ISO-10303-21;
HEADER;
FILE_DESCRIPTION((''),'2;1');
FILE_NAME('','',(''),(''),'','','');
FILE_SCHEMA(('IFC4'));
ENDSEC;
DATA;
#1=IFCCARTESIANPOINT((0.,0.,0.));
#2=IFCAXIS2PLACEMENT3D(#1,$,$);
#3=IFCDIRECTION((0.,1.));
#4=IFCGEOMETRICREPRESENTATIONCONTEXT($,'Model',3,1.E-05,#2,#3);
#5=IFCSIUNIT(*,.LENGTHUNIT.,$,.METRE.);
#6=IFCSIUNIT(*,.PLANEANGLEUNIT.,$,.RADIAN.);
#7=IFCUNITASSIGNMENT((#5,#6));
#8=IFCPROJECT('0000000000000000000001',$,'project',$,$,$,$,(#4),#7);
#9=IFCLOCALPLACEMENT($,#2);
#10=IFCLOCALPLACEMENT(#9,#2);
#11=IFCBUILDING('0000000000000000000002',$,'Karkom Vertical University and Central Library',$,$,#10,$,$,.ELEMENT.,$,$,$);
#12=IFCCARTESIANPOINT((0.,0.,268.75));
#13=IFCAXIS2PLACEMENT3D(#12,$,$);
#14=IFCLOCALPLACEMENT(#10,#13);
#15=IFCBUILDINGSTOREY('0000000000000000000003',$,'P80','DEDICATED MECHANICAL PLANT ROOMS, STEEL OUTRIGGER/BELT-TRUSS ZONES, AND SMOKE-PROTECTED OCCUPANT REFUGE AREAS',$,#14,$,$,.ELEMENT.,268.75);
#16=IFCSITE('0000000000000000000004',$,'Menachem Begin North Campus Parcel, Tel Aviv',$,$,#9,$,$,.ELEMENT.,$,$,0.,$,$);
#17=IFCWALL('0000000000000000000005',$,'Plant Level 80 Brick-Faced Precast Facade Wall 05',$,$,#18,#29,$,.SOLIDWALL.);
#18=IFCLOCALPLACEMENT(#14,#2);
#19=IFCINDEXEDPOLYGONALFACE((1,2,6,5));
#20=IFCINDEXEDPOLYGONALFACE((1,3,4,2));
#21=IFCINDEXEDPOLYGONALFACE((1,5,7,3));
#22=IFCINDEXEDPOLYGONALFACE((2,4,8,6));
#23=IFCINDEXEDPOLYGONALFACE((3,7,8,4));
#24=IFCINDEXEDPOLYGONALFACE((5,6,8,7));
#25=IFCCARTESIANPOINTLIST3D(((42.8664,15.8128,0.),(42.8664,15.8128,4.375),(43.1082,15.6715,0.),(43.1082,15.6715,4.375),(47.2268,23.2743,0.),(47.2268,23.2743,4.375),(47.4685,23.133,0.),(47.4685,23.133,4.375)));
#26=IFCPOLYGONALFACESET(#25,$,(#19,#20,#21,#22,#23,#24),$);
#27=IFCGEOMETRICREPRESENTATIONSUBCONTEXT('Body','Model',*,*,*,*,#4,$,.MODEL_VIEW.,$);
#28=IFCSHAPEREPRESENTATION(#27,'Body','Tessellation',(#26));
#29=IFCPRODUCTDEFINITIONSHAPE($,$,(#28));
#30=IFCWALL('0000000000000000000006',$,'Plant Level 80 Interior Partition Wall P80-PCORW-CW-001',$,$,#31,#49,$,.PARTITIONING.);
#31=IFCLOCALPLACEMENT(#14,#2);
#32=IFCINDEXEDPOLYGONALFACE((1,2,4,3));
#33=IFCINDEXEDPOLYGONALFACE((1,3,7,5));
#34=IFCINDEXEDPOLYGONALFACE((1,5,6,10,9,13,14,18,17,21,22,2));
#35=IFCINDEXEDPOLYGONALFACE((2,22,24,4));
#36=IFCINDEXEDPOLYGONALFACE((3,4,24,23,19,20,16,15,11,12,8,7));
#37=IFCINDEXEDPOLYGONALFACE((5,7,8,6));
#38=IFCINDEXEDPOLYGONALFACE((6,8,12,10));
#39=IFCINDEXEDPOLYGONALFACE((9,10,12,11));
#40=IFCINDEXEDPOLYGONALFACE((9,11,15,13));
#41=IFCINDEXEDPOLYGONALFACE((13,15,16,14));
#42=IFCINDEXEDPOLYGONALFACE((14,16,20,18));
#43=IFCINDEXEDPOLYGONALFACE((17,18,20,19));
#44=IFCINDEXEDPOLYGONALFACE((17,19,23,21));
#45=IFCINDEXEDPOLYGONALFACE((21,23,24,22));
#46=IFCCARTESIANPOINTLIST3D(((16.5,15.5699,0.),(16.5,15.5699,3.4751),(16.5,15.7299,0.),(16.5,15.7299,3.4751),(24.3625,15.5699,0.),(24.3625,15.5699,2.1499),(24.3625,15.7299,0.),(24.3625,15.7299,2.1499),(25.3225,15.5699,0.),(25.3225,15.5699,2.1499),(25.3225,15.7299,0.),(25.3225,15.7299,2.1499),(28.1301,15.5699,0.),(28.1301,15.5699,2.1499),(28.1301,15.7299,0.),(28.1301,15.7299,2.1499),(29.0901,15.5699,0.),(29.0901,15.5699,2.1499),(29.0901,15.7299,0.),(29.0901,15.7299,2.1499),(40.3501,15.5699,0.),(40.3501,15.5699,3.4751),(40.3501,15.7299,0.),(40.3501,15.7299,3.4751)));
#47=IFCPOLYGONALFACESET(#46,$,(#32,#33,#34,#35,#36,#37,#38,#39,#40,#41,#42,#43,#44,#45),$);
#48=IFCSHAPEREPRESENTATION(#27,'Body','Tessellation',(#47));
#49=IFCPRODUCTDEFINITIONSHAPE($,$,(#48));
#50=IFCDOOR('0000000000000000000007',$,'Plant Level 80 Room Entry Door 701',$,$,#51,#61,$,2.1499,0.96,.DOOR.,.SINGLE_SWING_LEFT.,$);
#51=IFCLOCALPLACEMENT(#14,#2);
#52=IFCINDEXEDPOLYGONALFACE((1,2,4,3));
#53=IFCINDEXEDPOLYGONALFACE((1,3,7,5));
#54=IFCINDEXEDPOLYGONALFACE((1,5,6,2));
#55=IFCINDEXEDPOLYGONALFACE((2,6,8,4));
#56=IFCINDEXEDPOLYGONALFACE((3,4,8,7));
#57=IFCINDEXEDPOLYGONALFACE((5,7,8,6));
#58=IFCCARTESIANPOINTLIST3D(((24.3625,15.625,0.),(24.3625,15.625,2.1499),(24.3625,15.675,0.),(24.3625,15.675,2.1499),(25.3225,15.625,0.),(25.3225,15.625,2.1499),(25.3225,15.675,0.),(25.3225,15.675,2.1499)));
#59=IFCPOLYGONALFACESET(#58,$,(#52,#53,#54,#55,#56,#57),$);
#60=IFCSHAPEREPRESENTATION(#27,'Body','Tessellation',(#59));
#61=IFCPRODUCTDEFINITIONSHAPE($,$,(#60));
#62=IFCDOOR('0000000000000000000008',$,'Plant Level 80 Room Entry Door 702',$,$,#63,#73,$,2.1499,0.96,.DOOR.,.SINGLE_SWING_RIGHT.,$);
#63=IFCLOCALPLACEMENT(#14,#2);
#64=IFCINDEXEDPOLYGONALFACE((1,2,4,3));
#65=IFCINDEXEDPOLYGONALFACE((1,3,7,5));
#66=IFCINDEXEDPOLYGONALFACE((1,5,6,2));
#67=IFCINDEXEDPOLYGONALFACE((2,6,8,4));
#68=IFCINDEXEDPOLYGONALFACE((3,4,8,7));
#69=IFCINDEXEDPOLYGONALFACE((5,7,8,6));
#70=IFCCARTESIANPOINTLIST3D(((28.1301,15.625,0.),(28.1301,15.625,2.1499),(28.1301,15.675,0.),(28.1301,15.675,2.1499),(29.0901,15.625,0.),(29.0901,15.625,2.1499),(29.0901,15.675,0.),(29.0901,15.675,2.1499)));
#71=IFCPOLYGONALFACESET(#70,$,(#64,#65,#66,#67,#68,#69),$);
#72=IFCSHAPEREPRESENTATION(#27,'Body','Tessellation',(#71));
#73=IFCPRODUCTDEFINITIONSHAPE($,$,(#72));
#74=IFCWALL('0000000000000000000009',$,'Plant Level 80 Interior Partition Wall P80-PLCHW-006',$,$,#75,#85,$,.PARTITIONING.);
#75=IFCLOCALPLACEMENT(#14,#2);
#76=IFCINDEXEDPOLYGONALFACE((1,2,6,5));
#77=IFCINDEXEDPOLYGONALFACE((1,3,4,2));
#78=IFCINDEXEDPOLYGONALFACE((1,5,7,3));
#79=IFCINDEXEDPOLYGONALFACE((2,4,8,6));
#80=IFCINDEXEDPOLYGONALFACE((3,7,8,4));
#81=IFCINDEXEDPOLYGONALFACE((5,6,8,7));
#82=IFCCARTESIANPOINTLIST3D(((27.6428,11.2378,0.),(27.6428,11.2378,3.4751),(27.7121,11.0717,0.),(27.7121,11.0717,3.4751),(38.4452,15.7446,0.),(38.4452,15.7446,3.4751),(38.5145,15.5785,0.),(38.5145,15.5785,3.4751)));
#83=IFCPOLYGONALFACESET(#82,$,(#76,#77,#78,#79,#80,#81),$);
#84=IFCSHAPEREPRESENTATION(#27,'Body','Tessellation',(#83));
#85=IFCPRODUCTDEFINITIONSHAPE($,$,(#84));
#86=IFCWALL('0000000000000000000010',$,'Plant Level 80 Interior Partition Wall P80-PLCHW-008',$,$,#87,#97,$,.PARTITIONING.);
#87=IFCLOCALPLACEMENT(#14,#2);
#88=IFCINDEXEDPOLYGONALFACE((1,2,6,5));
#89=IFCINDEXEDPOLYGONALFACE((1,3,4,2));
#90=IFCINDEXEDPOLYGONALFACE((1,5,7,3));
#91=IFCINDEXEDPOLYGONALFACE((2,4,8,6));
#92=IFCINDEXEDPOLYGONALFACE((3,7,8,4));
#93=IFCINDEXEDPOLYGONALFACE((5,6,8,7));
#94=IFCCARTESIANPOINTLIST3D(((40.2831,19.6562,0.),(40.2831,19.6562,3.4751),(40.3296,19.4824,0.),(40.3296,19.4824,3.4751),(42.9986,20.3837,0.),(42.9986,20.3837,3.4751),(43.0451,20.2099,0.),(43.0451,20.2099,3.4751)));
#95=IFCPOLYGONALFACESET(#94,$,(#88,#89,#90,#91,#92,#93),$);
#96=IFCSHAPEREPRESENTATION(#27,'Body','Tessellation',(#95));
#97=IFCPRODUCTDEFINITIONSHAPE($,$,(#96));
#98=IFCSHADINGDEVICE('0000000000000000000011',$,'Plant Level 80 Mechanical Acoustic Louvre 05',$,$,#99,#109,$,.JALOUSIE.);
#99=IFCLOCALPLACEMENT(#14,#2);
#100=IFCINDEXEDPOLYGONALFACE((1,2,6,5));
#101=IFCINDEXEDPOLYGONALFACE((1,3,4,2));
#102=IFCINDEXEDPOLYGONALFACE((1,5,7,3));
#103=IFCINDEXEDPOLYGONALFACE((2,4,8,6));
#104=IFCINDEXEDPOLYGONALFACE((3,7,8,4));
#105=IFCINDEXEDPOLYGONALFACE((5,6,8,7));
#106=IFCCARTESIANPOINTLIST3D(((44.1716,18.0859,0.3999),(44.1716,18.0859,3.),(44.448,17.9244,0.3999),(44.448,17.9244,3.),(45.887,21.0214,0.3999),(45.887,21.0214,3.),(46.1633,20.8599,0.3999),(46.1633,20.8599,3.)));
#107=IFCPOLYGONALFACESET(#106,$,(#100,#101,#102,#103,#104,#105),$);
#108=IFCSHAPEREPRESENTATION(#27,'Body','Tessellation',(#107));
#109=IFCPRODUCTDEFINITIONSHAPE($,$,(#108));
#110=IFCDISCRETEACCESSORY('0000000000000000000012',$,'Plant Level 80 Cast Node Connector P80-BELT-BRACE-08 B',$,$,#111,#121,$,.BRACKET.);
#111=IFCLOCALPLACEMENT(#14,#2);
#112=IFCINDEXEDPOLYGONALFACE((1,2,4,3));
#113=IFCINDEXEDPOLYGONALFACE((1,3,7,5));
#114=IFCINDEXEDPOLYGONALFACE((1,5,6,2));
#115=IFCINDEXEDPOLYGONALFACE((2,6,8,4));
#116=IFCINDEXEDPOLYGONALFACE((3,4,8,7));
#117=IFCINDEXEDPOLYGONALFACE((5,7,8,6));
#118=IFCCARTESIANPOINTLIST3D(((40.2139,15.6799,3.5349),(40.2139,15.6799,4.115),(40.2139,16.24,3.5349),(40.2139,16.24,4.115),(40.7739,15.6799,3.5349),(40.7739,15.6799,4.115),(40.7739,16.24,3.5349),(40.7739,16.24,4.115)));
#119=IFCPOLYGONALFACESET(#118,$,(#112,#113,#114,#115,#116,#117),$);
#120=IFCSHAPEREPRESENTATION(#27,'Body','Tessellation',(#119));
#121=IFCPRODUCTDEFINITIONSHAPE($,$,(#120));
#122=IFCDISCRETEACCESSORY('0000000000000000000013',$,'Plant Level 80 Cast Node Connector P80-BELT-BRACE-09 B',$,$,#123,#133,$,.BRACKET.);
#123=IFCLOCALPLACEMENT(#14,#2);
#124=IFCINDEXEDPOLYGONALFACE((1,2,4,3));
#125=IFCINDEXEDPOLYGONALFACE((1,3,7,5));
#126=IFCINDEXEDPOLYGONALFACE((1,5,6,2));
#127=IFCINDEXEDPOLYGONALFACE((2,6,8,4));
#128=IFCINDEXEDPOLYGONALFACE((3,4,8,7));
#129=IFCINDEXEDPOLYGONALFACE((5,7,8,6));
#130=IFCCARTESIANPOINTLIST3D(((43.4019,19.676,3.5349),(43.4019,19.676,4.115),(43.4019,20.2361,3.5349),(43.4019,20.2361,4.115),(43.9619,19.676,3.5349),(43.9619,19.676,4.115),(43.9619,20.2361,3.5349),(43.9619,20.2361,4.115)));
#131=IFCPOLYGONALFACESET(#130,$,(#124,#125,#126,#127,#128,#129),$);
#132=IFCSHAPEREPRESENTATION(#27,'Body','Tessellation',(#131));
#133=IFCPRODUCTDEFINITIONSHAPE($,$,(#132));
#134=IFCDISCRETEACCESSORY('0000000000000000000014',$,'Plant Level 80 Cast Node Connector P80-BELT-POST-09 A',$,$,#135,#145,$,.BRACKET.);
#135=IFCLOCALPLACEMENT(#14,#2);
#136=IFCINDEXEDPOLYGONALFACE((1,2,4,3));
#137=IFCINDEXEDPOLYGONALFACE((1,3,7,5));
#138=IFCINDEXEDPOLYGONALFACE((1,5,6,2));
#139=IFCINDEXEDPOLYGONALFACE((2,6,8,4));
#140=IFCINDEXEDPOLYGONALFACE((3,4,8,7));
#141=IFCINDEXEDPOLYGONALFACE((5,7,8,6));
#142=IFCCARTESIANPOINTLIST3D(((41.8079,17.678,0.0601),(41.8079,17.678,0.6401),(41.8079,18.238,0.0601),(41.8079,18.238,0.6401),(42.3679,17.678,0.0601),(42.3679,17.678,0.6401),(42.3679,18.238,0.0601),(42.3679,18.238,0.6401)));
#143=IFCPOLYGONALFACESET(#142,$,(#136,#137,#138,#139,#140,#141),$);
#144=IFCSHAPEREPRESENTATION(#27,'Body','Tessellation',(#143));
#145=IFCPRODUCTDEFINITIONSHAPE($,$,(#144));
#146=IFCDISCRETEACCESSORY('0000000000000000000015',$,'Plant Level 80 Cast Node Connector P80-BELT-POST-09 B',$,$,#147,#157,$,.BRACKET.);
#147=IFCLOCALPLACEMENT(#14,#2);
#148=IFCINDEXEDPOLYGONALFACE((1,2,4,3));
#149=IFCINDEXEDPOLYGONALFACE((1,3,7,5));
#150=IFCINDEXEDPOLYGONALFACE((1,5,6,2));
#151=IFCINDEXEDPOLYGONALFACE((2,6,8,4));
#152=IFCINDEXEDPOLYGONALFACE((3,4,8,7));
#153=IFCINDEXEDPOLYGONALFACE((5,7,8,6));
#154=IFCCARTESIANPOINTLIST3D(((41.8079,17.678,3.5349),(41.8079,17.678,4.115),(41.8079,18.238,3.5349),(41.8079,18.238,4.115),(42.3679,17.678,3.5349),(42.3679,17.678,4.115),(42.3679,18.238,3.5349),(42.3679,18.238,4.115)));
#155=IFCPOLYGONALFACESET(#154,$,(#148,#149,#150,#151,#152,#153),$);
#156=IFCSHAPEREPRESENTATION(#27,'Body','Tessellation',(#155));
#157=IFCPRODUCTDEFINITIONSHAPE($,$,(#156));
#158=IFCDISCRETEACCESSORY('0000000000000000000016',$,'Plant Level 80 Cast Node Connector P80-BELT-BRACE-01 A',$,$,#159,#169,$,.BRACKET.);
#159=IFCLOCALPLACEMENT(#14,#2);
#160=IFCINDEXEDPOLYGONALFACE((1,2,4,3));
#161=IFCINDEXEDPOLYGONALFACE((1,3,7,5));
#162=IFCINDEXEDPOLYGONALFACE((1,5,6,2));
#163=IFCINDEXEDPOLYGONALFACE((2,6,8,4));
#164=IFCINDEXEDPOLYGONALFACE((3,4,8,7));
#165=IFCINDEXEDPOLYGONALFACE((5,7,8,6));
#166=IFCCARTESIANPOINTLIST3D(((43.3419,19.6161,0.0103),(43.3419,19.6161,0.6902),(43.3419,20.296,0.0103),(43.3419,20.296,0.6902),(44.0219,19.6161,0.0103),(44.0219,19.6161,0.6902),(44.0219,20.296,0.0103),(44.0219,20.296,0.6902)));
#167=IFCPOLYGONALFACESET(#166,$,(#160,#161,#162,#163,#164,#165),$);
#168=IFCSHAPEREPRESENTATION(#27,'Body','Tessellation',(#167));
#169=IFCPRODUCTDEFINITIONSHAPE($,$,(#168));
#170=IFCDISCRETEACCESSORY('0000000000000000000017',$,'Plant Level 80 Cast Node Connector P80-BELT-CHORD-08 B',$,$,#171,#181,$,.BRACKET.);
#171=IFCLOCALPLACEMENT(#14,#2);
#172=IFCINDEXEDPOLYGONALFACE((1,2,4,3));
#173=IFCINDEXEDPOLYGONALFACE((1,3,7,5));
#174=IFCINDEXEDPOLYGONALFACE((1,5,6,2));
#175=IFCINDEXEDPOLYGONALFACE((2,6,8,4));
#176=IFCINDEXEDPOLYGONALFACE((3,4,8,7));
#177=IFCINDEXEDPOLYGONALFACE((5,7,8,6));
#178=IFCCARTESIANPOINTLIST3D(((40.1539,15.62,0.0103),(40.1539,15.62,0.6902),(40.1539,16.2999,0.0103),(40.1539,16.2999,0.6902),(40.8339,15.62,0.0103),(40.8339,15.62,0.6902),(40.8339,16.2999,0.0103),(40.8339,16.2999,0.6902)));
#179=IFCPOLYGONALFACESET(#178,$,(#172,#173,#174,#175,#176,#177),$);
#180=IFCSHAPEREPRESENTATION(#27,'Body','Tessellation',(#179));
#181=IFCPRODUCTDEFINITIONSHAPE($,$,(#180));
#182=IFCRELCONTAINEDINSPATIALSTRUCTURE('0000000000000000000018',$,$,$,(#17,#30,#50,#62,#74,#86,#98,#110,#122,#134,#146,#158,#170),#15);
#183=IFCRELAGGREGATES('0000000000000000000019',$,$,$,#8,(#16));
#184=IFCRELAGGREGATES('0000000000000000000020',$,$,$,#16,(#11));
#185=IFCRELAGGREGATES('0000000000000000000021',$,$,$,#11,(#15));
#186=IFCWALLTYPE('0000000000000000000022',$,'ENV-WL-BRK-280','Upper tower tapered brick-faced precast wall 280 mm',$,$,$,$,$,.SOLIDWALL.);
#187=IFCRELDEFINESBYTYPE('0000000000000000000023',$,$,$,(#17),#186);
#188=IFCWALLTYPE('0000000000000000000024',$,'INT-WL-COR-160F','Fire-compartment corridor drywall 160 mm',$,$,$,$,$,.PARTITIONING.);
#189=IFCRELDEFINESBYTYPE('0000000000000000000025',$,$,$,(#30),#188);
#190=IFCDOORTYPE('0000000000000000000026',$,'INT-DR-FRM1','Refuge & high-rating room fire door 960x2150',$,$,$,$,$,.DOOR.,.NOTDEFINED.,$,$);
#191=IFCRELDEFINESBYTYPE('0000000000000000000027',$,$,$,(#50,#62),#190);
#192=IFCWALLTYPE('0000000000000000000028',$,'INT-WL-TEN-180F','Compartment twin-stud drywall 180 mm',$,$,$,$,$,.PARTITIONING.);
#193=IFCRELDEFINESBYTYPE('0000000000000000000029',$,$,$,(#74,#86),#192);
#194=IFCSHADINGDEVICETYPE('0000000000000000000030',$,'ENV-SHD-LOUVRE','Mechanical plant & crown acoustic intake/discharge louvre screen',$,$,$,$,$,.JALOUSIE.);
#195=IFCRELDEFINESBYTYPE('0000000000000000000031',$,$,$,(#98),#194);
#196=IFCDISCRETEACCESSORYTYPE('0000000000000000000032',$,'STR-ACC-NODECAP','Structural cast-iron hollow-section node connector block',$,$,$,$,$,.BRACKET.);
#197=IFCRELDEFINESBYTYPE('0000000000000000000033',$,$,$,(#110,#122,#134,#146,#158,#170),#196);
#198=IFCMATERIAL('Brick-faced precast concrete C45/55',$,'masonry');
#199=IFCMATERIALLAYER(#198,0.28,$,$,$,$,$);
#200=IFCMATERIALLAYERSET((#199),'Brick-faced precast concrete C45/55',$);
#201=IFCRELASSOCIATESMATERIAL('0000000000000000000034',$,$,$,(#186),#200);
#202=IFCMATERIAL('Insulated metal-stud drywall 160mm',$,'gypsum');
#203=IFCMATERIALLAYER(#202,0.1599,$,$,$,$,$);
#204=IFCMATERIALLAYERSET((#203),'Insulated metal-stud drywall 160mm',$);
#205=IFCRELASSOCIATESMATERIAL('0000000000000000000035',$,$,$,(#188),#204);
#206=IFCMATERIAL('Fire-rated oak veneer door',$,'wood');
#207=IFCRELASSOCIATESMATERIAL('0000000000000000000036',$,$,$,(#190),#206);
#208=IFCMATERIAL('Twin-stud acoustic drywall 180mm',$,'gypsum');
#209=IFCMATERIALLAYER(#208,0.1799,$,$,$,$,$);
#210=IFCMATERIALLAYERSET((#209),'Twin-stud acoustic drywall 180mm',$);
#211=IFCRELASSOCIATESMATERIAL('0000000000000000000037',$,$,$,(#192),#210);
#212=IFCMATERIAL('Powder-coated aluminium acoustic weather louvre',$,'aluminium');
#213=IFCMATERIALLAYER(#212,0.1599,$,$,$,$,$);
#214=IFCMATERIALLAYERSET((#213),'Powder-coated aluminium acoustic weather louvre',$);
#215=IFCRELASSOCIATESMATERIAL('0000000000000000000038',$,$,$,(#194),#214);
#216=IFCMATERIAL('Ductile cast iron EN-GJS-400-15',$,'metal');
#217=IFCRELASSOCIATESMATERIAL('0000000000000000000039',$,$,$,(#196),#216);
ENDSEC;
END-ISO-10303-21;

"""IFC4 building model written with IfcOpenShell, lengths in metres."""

from ifc_helpers import new_model, si_unit, direction, frame, frame_2d, origin, origin_with_axes, origin_2d, place, context, subcontext, project, spatial, rectangle, extrude, source, transform, mapped, material, layer, layer_set, type_object, element, fill, save


model = new_model("IFC4")

# Units and contexts
model_context = context("Model", 3, precision=1e-05, world=origin(), true_north=direction((0.0, 1.0)))
body_context = subcontext(model_context, "Body", "Model", "MODEL_VIEW")
ifc_project = project(units=[si_unit("LENGTHUNIT", "METRE"), si_unit("PLANEANGLEUNIT", "RADIAN")], contexts=[model_context])

# Site, building, storey
site_placement = place(None, origin())
site = spatial("IfcSite", under=ifc_project, at=site_placement, Name="Menachem Begin North Campus Parcel, Tel Aviv", CompositionType="ELEMENT", RefElevation=0.0)
building_placement = place(site_placement, origin())
building = spatial("IfcBuilding", under=site, at=building_placement, Name="Karkom Vertical University and Central Library", CompositionType="ELEMENT")
storey_placement = place(building_placement, frame((0.0, 0.0, 268.75)))
storey = spatial("IfcBuildingStorey", under=building, at=storey_placement, Name="P80", Description="DEDICATED MECHANICAL PLANT ROOMS, STEEL OUTRIGGER/BELT-TRUSS ZONES, AND SMOKE-PROTECTED OCCUPANT REFUGE AREAS", CompositionType="ELEMENT", Elevation=268.75)

# Wall
ifc_material_1 = material(Name="Brick-faced precast concrete C45/55", Category="masonry")
ifc_layer_1 = layer(ifc_material_1, 0.28)
ifc_layer_set_1 = layer_set([ifc_layer_1], Name="Brick-faced precast concrete C45/55")
wall_type_1 = type_object("IfcWallType", Name="ENV-WL-BRK-280", Description="Upper tower tapered brick-faced precast wall 280 mm", PredefinedType="SOLIDWALL", material=ifc_layer_set_1)
wall_1_placement = place(storey_placement, frame((42.9873, 15.7422, 0.0), z_axis=(0.0, 0.0, 1.0), x_axis=(0.504549, 0.863383, 0.0)))
element("IfcWall", 1, at=wall_1_placement, inside=storey, type_object=wall_type_1, Name="Plant Level 80 Brick-Faced Precast Facade Wall 05", PredefinedType="SOLIDWALL", context=body_context, shape_type="SweptSolid", body=[
    extrude(rectangle(XDim=8.6421, YDim=0.28, at=frame_2d((4.321, 0.0))), origin(), (0.0, 0.0, 1.0), 4.375),
])

# Wall, openings, doors
ifc_material_2 = material(Name="Insulated metal-stud drywall 160mm", Category="gypsum")
ifc_layer_2 = layer(ifc_material_2, 0.1599)
ifc_layer_set_2 = layer_set([ifc_layer_2], Name="Insulated metal-stud drywall 160mm")
wall_type_2 = type_object("IfcWallType", Name="INT-WL-COR-160F", Description="Fire-compartment corridor drywall 160 mm", PredefinedType="PARTITIONING", material=ifc_layer_set_2)
wall_2_placement = place(storey_placement, frame((40.3501, 15.6499, 0.0), z_axis=(0.0, 0.0, 1.0), x_axis=(-1.0, 0.0, 0.0)))
wall_2 = element("IfcWall", 2, at=wall_2_placement, inside=storey, type_object=wall_type_2, Name="Plant Level 80 Interior Partition Wall P80-PCORW-CW-001", PredefinedType="PARTITIONING", context=body_context, shape_type="SweptSolid", body=[
    extrude(rectangle(XDim=23.8501, YDim=0.1599, at=frame_2d((11.925, 0.0))), origin(), (0.0, 0.0, 1.0), 3.4751),
])
opening_1_placement = place(wall_2_placement, frame((15.0276, 0.0, 0.0)))
opening_1 = element("IfcOpeningElement", 3, at=opening_1_placement, cuts=wall_2, PredefinedType="OPENING", context=body_context, shape_type="SweptSolid", body=[
    extrude(rectangle(XDim=0.96, YDim=2.1499, at=frame_2d((0.48, 1.075))), frame((0.0, 0.0898, 0.0), z_axis=(0.0, -1.0, 0.0), x_axis=(1.0, 0.0, 0.0)), (0.0, 0.0, 1.0), 0.1799),
])
opening_2_placement = place(wall_2_placement, frame((11.26, 0.0, 0.0)))
opening_2 = element("IfcOpeningElement", 4, at=opening_2_placement, cuts=wall_2, PredefinedType="OPENING", context=body_context, shape_type="SweptSolid", body=[
    extrude(rectangle(XDim=0.96, YDim=2.1499, at=frame_2d((0.48, 1.075))), frame((0.0, 0.0898, 0.0), z_axis=(0.0, -1.0, 0.0), x_axis=(1.0, 0.0, 0.0)), (0.0, 0.0, 1.0), 0.1799),
])
ifc_material_3 = material(Name="Fire-rated oak veneer door", Category="wood")
door_type = type_object("IfcDoorType", Name="INT-DR-FRM1", Description="Refuge & high-rating room fire door 960x2150", OperationType="NOTDEFINED", PredefinedType="DOOR", material=ifc_material_3)
shared_shape_1 = source(origin_with_axes(), body_context, "Body", "SweptSolid", [
    extrude(rectangle(XDim=0.96, YDim=2.1499, at=frame_2d((0.48, 1.075))), frame((0.0, 0.0249, 0.0), z_axis=(0.0, -1.0, 0.0), x_axis=(1.0, 0.0, 0.0)), (0.0, 0.0, 1.0), 0.05),
])
door_1_placement = place(opening_1_placement, origin())
door_1 = element("IfcDoor", 5, at=door_1_placement, inside=storey, type_object=door_type, Name="Plant Level 80 Room Entry Door 701", OperationType="SINGLE_SWING_LEFT", OverallHeight=2.1499, OverallWidth=0.96, PredefinedType="DOOR", context=body_context, shape_type="MappedRepresentation", body=[
    mapped(shared_shape_1, transform((0.0, 0.0, 0.0), scale=1.0)),
])
fill(opening_1, door_1)
door_2_placement = place(opening_2_placement, origin())
door_2 = element("IfcDoor", 6, at=door_2_placement, inside=storey, type_object=door_type, Name="Plant Level 80 Room Entry Door 702", OperationType="SINGLE_SWING_RIGHT", OverallHeight=2.1499, OverallWidth=0.96, PredefinedType="DOOR", context=body_context, shape_type="MappedRepresentation", body=[
    mapped(shared_shape_1, transform((0.0, 0.0, 0.0), scale=1.0)),
])
fill(opening_2, door_2)

# Walls
ifc_material_4 = material(Name="Twin-stud acoustic drywall 180mm", Category="gypsum")
ifc_layer_3 = layer(ifc_material_4, 0.1799)
ifc_layer_set_3 = layer_set([ifc_layer_3], Name="Twin-stud acoustic drywall 180mm")
wall_type_3 = type_object("IfcWallType", Name="INT-WL-TEN-180F", Description="Compartment twin-stud drywall 180 mm", PredefinedType="PARTITIONING", material=ifc_layer_set_3)
wall_3_placement = place(storey_placement, frame((38.48, 15.6616, 0.0), z_axis=(0.0, 0.0, 1.0), x_axis=(-0.922901, -0.385037, 0.0)))
element("IfcWall", 7, at=wall_3_placement, inside=storey, type_object=wall_type_3, Name="Plant Level 80 Interior Partition Wall P80-PLCHW-006", PredefinedType="PARTITIONING", context=body_context, shape_type="SweptSolid", body=[
    extrude(rectangle(XDim=11.7048, YDim=0.1799, at=frame_2d((5.8525, 0.0))), origin(), (0.0, 0.0, 1.0), 3.4751),
])
wall_4_placement = place(storey_placement, frame((43.022, 20.2969, 0.0), z_axis=(0.0, 0.0, 1.0), x_axis=(-0.965934, -0.258787, 0.0)))
element("IfcWall", 8, at=wall_4_placement, inside=storey, type_object=wall_type_3, Name="Plant Level 80 Interior Partition Wall P80-PLCHW-008", PredefinedType="PARTITIONING", context=body_context, shape_type="SweptSolid", body=[
    extrude(rectangle(XDim=2.8113, YDim=0.1799, at=frame_2d((1.4058, 0.0))), origin(), (0.0, 0.0, 1.0), 3.4751),
])

# Shading device
ifc_material_5 = material(Name="Powder-coated aluminium acoustic weather louvre", Category="aluminium")
ifc_layer_4 = layer(ifc_material_5, 0.1599)
ifc_layer_set_4 = layer_set([ifc_layer_4], Name="Powder-coated aluminium acoustic weather louvre")
shading_device_type = type_object("IfcShadingDeviceType", Name="ENV-SHD-LOUVRE", Description="Mechanical plant & crown acoustic intake/discharge louvre screen", PredefinedType="JALOUSIE", material=ifc_layer_set_4)
shared_shape_2 = source(origin_with_axes(), body_context, "Body", "SweptSolid", [
    extrude(rectangle(XDim=3.3999, YDim=0.3201, at=origin_2d()), origin(), (0.0, 0.0, 1.0), 2.6001),
])
shading_device_placement = place(storey_placement, frame((45.1675, 19.4729, 0.3999), z_axis=(0.0, 0.0, 1.0), x_axis=(0.504528, 0.863396, 0.0)))
element("IfcShadingDevice", 9, at=shading_device_placement, inside=storey, type_object=shading_device_type, Name="Plant Level 80 Mechanical Acoustic Louvre 05", PredefinedType="JALOUSIE", context=body_context, shape_type="MappedRepresentation", body=[
    mapped(shared_shape_2, transform((0.0, 0.0, 0.0), scale=1.0)),
])

# Discrete accessories
ifc_material_6 = material(Name="Ductile cast iron EN-GJS-400-15", Category="metal")
discrete_accessory_type = type_object("IfcDiscreteAccessoryType", Name="STR-ACC-NODECAP", Description="Structural cast-iron hollow-section node connector block", PredefinedType="BRACKET", material=ifc_material_6)
shared_shape_3 = source(origin_with_axes(), body_context, "Body", "SweptSolid", [
    extrude(rectangle(XDim=0.5601, YDim=0.5601, at=origin_2d()), origin(), (0.0, 0.0, 1.0), 0.5801),
])
for number, where, z_axis, x_axis, name in (
    (10, (40.4939, 15.96, 3.5349), (0.0, 0.0, 1.0), (1.0, 0.0, 0.0), "Plant Level 80 Cast Node Connector P80-BELT-BRACE-08 B"),
    (11, (43.6819, 19.9561, 3.5349), (0.0, 0.0, 1.0), (1.0, 0.0, 0.0), "Plant Level 80 Cast Node Connector P80-BELT-BRACE-09 B"),
    (12, (42.0879, 17.958, 0.0601), (0.0, 0.0, 1.0), (1.0, 0.0, 0.0), "Plant Level 80 Cast Node Connector P80-BELT-POST-09 A"),
    (13, (42.0879, 17.958, 3.5349), (0.0, 0.0, 1.0), (1.0, 0.0, 0.0), "Plant Level 80 Cast Node Connector P80-BELT-POST-09 B"),
):
    element("IfcDiscreteAccessory", number, at=place(storey_placement, frame(where, z_axis=z_axis, x_axis=x_axis)), inside=storey, type_object=discrete_accessory_type, Name=name, PredefinedType="BRACKET", context=body_context, shape_type="MappedRepresentation", body=[
        mapped(shared_shape_3, transform((0.0, 0.0, 0.0), scale=1.0)),
    ])
shared_shape_4 = source(origin_with_axes(), body_context, "Body", "SweptSolid", [
    extrude(rectangle(XDim=0.6799, YDim=0.6799, at=origin_2d()), origin(), (0.0, 0.0, 1.0), 0.6799),
])
for number, where, z_axis, x_axis, name in (
    (14, (43.6819, 19.9561, 0.0103), (0.0, 0.0, 1.0), (1.0, 0.0, 0.0), "Plant Level 80 Cast Node Connector P80-BELT-BRACE-01 A"),
    (15, (40.4939, 15.96, 0.0103), (0.0, 0.0, 1.0), (1.0, 0.0, 0.0), "Plant Level 80 Cast Node Connector P80-BELT-CHORD-08 B"),
):
    element("IfcDiscreteAccessory", number, at=place(storey_placement, frame(where, z_axis=z_axis, x_axis=x_axis)), inside=storey, type_object=discrete_accessory_type, Name=name, PredefinedType="BRACKET", context=body_context, shape_type="MappedRepresentation", body=[
        mapped(shared_shape_4, transform((0.0, 0.0, 0.0), scale=1.0)),
    ])

save(model, "model.ifc")
